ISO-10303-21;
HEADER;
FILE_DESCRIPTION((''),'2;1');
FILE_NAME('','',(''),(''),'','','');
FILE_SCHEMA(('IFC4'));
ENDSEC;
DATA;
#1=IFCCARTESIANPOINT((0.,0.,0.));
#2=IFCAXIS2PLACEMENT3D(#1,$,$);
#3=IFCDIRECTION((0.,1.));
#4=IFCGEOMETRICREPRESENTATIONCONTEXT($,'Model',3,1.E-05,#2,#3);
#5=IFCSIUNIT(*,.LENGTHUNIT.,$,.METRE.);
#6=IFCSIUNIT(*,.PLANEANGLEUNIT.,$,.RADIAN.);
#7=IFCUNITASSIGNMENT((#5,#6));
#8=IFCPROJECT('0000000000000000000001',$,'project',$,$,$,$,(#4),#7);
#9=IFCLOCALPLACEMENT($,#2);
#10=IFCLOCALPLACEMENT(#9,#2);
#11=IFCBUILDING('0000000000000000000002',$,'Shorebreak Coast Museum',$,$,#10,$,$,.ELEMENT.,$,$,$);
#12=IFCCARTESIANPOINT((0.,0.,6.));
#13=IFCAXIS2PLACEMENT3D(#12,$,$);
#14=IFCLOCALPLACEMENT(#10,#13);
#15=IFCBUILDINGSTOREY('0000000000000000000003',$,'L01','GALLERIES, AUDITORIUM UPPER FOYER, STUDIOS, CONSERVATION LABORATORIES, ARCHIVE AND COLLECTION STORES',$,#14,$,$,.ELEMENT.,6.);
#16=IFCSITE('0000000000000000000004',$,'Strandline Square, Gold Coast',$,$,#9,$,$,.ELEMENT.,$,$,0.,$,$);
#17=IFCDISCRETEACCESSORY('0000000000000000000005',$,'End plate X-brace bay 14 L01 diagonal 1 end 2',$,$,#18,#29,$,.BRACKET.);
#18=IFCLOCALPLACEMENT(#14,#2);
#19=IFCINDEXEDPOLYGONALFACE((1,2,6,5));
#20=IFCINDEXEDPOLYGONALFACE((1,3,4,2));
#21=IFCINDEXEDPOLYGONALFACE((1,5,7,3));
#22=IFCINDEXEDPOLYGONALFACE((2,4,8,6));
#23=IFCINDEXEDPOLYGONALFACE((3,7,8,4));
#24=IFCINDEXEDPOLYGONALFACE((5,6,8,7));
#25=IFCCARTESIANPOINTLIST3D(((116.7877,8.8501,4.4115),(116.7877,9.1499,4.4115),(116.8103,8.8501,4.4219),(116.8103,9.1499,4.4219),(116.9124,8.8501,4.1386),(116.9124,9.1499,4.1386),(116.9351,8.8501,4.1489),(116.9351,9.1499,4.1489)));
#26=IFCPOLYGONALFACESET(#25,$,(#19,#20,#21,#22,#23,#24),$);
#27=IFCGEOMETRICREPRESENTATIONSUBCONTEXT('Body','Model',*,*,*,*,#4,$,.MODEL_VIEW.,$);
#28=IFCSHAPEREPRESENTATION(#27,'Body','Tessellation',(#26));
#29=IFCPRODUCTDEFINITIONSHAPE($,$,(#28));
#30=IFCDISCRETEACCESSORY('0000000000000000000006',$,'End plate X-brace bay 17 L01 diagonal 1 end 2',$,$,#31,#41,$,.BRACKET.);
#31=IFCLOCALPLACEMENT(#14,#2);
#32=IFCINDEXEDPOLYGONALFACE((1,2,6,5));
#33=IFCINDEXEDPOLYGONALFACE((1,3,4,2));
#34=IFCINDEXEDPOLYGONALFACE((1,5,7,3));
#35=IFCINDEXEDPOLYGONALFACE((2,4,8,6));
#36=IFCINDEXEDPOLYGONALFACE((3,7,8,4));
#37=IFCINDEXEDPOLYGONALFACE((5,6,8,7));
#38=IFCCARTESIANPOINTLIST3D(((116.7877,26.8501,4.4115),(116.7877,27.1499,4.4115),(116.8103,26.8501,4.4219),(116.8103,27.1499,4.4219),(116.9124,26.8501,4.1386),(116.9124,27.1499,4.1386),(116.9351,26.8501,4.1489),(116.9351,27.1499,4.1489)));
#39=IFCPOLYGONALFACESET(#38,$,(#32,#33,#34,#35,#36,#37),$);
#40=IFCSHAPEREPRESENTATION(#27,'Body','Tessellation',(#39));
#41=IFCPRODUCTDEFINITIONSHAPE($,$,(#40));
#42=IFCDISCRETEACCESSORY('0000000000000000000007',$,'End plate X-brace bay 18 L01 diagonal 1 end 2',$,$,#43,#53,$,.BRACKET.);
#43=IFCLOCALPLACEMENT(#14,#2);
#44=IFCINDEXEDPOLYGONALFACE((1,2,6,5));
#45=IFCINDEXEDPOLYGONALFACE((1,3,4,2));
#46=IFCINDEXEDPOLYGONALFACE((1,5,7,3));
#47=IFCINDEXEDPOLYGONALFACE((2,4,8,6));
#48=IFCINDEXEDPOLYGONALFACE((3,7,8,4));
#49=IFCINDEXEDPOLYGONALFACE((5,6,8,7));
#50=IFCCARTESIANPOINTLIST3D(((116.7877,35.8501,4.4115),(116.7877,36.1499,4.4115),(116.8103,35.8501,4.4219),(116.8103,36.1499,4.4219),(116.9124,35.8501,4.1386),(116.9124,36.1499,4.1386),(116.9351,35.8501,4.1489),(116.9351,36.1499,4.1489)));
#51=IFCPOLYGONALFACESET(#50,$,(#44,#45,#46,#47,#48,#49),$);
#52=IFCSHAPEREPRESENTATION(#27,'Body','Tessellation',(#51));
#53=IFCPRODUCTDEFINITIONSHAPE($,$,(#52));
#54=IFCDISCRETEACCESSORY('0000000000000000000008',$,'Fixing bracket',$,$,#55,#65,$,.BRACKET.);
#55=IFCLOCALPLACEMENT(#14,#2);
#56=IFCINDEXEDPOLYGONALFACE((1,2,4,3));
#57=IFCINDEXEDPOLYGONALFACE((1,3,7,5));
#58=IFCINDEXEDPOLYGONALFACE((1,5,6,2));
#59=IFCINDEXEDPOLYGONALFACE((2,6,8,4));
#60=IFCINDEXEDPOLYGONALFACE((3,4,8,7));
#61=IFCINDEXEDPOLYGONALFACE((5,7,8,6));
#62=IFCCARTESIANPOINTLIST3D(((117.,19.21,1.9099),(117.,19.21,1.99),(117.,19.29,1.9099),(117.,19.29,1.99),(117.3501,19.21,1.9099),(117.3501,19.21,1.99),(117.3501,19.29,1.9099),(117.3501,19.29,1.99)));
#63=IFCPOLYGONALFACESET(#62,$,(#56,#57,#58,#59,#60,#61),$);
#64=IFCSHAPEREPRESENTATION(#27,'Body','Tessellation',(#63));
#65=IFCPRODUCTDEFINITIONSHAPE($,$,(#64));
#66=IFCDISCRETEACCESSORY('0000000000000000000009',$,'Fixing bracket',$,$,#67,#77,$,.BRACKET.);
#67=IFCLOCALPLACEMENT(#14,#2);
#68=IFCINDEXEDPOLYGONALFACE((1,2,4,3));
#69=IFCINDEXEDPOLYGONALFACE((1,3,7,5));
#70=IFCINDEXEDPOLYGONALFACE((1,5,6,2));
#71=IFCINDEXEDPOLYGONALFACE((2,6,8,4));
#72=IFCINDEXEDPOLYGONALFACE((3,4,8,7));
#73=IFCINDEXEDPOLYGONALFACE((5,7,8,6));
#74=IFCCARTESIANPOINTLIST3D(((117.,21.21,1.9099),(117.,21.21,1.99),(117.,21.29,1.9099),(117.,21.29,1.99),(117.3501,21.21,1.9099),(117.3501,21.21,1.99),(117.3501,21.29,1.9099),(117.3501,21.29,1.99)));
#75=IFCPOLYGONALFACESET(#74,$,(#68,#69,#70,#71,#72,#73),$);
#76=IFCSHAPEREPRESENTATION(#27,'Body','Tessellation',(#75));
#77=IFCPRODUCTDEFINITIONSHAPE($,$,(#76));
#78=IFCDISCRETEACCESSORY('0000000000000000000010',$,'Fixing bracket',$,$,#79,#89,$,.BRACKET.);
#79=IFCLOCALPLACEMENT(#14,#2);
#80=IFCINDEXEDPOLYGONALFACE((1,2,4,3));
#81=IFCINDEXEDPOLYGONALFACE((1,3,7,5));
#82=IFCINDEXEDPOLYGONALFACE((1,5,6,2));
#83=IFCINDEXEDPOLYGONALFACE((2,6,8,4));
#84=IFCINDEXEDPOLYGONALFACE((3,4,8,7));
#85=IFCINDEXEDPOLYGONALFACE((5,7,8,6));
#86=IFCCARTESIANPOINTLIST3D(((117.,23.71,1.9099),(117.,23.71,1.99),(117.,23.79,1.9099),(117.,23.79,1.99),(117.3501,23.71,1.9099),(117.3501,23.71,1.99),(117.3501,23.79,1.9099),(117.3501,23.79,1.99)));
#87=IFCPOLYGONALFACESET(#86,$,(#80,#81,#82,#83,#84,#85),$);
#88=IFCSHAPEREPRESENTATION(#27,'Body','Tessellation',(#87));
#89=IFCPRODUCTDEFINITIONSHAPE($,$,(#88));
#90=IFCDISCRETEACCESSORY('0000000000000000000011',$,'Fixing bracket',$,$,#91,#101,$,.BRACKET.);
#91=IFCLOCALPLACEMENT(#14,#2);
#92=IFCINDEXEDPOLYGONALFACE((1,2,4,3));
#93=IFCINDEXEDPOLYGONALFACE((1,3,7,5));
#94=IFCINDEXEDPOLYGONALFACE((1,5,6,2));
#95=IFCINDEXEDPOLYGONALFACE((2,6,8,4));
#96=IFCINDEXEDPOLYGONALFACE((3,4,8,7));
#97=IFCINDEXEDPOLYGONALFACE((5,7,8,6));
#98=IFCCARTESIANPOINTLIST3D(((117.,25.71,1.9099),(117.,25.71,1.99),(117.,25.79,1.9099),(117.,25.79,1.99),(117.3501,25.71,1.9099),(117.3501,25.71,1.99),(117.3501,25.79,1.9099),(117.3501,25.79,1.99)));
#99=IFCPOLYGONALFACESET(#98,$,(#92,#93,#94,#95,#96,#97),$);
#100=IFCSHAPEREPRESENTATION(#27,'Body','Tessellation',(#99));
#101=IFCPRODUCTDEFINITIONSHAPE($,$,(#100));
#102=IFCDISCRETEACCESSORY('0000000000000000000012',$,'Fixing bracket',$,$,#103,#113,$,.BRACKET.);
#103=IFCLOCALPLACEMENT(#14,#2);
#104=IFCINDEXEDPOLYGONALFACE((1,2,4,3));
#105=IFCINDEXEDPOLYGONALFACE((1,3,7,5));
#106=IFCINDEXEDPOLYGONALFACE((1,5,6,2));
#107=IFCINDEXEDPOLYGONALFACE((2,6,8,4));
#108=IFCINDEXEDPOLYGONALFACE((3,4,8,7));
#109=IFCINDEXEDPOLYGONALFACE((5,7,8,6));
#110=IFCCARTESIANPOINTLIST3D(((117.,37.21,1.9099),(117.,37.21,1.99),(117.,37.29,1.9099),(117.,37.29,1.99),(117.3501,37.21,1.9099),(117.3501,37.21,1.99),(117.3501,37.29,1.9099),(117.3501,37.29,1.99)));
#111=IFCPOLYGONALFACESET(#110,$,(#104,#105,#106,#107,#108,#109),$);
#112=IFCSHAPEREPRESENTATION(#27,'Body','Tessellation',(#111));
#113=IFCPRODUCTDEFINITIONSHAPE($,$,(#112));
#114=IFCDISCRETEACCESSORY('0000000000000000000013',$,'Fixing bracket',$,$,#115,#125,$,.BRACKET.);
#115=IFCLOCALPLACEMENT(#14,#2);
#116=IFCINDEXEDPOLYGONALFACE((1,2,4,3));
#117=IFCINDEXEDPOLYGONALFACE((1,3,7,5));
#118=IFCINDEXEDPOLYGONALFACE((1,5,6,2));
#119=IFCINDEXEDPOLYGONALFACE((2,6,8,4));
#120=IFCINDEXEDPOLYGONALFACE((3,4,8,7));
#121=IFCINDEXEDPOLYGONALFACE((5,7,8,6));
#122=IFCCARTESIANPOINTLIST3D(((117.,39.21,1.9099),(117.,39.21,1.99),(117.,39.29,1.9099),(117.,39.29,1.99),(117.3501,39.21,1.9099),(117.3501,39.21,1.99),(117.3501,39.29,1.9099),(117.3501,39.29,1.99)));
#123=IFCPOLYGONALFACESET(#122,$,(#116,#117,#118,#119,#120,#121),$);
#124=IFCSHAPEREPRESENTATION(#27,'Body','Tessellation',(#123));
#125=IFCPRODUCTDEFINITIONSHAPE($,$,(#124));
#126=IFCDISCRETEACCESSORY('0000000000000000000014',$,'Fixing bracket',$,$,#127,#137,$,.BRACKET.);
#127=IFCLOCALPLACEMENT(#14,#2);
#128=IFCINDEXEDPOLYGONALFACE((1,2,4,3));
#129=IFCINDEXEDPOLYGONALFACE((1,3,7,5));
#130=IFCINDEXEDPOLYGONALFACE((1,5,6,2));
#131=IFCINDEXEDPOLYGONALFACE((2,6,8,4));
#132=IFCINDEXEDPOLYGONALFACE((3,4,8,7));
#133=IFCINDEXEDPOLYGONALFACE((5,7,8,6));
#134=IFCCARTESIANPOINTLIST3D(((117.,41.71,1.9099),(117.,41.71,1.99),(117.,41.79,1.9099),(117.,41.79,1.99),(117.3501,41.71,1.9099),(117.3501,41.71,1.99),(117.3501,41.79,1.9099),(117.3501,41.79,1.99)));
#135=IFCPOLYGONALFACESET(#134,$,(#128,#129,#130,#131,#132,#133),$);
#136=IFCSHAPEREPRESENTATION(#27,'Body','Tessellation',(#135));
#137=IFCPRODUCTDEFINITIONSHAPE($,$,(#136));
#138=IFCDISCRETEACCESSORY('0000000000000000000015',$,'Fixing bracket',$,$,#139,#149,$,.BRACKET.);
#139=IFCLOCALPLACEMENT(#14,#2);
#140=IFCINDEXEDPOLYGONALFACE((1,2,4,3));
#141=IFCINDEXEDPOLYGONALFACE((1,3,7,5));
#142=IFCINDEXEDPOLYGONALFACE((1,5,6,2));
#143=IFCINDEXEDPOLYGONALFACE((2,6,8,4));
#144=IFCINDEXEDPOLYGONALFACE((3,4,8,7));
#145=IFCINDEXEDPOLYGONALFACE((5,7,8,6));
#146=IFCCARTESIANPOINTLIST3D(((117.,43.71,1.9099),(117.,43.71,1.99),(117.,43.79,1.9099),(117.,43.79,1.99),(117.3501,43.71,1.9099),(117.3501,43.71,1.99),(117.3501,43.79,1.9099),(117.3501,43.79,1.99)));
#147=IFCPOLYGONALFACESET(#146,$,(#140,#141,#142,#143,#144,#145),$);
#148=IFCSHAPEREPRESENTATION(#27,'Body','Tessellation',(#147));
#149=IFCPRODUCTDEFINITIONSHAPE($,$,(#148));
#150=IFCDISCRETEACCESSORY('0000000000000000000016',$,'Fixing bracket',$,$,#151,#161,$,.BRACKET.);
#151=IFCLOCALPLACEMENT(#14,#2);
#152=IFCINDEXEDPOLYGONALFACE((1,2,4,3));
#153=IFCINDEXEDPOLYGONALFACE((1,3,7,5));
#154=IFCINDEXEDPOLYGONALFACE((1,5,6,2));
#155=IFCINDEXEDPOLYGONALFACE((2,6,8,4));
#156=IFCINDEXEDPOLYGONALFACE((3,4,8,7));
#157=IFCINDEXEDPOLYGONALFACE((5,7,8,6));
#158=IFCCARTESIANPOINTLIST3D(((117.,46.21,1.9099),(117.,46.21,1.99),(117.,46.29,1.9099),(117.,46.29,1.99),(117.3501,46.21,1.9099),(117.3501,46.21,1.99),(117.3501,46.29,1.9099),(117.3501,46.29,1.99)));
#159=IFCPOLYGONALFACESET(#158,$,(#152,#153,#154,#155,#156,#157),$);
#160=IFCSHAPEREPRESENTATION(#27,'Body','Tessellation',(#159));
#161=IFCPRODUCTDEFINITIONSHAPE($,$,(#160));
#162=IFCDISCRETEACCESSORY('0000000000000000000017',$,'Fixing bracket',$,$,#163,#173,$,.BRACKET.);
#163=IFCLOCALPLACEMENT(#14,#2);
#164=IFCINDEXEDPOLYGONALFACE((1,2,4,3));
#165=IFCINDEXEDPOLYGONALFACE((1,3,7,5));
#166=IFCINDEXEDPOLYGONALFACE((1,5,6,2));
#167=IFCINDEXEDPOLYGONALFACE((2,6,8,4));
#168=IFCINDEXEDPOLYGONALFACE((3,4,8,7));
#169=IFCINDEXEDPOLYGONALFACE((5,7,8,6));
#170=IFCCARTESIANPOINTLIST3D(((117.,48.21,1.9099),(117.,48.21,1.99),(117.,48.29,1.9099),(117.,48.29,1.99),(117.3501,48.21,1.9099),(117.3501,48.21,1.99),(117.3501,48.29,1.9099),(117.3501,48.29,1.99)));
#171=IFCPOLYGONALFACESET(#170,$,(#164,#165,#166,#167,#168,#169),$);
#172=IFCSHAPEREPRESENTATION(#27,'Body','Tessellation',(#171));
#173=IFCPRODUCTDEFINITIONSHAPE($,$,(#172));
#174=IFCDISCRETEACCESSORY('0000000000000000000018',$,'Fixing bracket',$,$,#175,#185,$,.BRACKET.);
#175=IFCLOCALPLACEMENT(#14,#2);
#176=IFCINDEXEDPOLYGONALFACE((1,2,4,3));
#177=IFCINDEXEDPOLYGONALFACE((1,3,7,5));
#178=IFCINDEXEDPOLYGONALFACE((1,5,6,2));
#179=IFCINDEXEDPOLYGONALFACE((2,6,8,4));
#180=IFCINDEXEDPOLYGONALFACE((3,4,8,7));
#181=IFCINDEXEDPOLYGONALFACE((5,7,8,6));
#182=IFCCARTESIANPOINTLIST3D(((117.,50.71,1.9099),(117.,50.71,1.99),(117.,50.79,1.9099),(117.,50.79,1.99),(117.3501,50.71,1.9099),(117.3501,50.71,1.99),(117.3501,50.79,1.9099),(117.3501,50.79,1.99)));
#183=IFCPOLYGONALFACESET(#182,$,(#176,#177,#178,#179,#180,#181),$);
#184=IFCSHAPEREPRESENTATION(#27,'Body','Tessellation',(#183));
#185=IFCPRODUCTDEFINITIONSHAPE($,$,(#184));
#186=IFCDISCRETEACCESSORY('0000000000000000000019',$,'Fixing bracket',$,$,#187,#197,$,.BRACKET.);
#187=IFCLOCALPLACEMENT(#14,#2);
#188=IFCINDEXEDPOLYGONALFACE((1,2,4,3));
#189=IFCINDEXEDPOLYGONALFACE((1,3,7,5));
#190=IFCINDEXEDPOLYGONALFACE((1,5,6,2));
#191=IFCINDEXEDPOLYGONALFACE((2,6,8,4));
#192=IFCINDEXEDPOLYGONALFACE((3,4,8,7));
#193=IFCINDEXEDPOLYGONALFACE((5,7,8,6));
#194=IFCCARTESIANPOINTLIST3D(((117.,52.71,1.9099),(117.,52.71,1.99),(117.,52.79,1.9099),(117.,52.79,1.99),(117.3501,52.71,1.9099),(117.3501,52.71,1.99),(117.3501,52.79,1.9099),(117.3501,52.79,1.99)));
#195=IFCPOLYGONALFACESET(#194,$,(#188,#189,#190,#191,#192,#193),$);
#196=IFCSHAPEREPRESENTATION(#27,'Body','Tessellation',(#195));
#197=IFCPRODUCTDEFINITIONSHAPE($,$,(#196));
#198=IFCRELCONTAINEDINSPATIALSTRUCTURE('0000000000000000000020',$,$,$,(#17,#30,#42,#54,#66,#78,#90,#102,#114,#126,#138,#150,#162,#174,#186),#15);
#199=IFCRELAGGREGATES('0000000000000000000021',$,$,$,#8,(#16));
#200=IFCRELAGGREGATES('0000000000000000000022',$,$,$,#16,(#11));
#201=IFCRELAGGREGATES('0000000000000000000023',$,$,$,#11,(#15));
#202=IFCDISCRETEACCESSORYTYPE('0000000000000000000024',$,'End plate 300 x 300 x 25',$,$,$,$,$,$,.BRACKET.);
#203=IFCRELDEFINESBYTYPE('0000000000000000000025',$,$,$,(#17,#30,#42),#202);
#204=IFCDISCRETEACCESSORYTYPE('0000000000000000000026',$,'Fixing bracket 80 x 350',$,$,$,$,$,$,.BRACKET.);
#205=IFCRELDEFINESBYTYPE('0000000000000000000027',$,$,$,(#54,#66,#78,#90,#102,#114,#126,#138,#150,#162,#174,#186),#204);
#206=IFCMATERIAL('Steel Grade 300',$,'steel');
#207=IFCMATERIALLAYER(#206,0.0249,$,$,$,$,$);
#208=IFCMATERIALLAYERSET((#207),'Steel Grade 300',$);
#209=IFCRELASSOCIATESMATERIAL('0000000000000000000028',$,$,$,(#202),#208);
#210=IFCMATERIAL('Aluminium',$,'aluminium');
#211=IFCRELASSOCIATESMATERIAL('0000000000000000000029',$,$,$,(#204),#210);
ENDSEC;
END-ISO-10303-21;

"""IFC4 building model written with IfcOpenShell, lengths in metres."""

from ifc_helpers import new_model, si_unit, direction, frame, origin, origin_2d, place, context, subcontext, project, spatial, polyline, rectangle, outline, extrude, material, layer, layer_set, type_object, element, save


model = new_model("IFC4")

# Units and contexts
model_context = context("Model", 3, precision=1e-05, world=origin(), true_north=direction((0.0, 1.0)))
body_context = subcontext(model_context, "Body", "Model", "MODEL_VIEW")
ifc_project = project(units=[si_unit("LENGTHUNIT", "METRE"), si_unit("PLANEANGLEUNIT", "RADIAN")], contexts=[model_context])

# Site, building, storey
site_placement = place(None, origin())
site = spatial("IfcSite", under=ifc_project, at=site_placement, Name="Strandline Square, Gold Coast", CompositionType="ELEMENT", RefElevation=0.0)
building_placement = place(site_placement, origin())
building = spatial("IfcBuilding", under=site, at=building_placement, Name="Shorebreak Coast Museum", CompositionType="ELEMENT")
storey_placement = place(building_placement, frame((0.0, 0.0, 6.0)))
storey = spatial("IfcBuildingStorey", under=building, at=storey_placement, Name="L01", Description="GALLERIES, AUDITORIUM UPPER FOYER, STUDIOS, CONSERVATION LABORATORIES, ARCHIVE AND COLLECTION STORES", CompositionType="ELEMENT", Elevation=6.0)

# Discrete accessories
ifc_material_1 = material(Name="Steel Grade 300", Category="steel")
ifc_layer_1 = layer(ifc_material_1, 0.0249)
ifc_layer_set_1 = layer_set([ifc_layer_1], Name="Steel Grade 300")
discrete_accessory_type_1 = type_object("IfcDiscreteAccessoryType", Name="End plate 300 x 300 x 25", PredefinedType="BRACKET", material=ifc_layer_set_1)
for number, where, z_axis, x_axis, name in (
    (1, (116.9351, 8.8501, 4.1489), (0.909501, 0.0, 0.415702), (0.0, 1.0, 0.0), "End plate X-brace bay 14 L01 diagonal 1 end 2"),
    (2, (116.9351, 26.8501, 4.1489), (0.909501, 0.0, 0.415702), (0.0, 1.0, 0.0), "End plate X-brace bay 17 L01 diagonal 1 end 2"),
    (3, (116.9351, 35.8501, 4.1489), (0.909501, 0.0, 0.415702), (0.0, 1.0, 0.0), "End plate X-brace bay 18 L01 diagonal 1 end 2"),
):
    element("IfcDiscreteAccessory", number, at=place(storey_placement, frame(where, z_axis=z_axis, x_axis=x_axis)), inside=storey, type_object=discrete_accessory_type_1, Name=name, PredefinedType="BRACKET", context=body_context, shape_type="SweptSolid", body=[
        extrude(outline(polyline([(0.0, 0.0), (0.2998, 0.0), (0.2998, 0.3001), (0.0, 0.3001), (0.0, 0.0)])), origin(), (0.0, 0.0, -1.0), 0.0249),
    ])
ifc_material_2 = material(Name="Aluminium", Category="aluminium")
discrete_accessory_type_2 = type_object("IfcDiscreteAccessoryType", Name="Fixing bracket 80 x 350", PredefinedType="BRACKET", material=ifc_material_2)
for number, where, z_axis, x_axis, name in (
    (4, (117.175, 19.25, 1.9099), (0.0, 0.0, 1.0), (1.0, 0.0, 0.0), "Fixing bracket"),
    (5, (117.175, 21.25, 1.9099), (0.0, 0.0, 1.0), (1.0, 0.0, 0.0), "Fixing bracket"),
    (6, (117.175, 23.75, 1.9099), (0.0, 0.0, 1.0), (1.0, 0.0, 0.0), "Fixing bracket"),
    (7, (117.175, 25.75, 1.9099), (0.0, 0.0, 1.0), (1.0, 0.0, 0.0), "Fixing bracket"),
    (8, (117.175, 37.25, 1.9099), (0.0, 0.0, 1.0), (1.0, 0.0, 0.0), "Fixing bracket"),
    (9, (117.175, 39.25, 1.9099), (0.0, 0.0, 1.0), (1.0, 0.0, 0.0), "Fixing bracket"),
    (10, (117.175, 41.75, 1.9099), (0.0, 0.0, 1.0), (1.0, 0.0, 0.0), "Fixing bracket"),
    (11, (117.175, 43.75, 1.9099), (0.0, 0.0, 1.0), (1.0, 0.0, 0.0), "Fixing bracket"),
    (12, (117.175, 46.25, 1.9099), (0.0, 0.0, 1.0), (1.0, 0.0, 0.0), "Fixing bracket"),
    (13, (117.175, 48.25, 1.9099), (0.0, 0.0, 1.0), (1.0, 0.0, 0.0), "Fixing bracket"),
    (14, (117.175, 50.75, 1.9099), (0.0, 0.0, 1.0), (1.0, 0.0, 0.0), "Fixing bracket"),
    (15, (117.175, 52.75, 1.9099), (0.0, 0.0, 1.0), (1.0, 0.0, 0.0), "Fixing bracket"),
):
    element("IfcDiscreteAccessory", number, at=place(storey_placement, frame(where, z_axis=z_axis, x_axis=x_axis)), inside=storey, type_object=discrete_accessory_type_2, Name=name, PredefinedType="BRACKET", context=body_context, shape_type="SweptSolid", body=[
        extrude(rectangle(XDim=0.3501, YDim=0.0801, at=origin_2d()), origin(), (0.0, 0.0, 1.0), 0.0801),
    ])

save(model, "model.ifc")
